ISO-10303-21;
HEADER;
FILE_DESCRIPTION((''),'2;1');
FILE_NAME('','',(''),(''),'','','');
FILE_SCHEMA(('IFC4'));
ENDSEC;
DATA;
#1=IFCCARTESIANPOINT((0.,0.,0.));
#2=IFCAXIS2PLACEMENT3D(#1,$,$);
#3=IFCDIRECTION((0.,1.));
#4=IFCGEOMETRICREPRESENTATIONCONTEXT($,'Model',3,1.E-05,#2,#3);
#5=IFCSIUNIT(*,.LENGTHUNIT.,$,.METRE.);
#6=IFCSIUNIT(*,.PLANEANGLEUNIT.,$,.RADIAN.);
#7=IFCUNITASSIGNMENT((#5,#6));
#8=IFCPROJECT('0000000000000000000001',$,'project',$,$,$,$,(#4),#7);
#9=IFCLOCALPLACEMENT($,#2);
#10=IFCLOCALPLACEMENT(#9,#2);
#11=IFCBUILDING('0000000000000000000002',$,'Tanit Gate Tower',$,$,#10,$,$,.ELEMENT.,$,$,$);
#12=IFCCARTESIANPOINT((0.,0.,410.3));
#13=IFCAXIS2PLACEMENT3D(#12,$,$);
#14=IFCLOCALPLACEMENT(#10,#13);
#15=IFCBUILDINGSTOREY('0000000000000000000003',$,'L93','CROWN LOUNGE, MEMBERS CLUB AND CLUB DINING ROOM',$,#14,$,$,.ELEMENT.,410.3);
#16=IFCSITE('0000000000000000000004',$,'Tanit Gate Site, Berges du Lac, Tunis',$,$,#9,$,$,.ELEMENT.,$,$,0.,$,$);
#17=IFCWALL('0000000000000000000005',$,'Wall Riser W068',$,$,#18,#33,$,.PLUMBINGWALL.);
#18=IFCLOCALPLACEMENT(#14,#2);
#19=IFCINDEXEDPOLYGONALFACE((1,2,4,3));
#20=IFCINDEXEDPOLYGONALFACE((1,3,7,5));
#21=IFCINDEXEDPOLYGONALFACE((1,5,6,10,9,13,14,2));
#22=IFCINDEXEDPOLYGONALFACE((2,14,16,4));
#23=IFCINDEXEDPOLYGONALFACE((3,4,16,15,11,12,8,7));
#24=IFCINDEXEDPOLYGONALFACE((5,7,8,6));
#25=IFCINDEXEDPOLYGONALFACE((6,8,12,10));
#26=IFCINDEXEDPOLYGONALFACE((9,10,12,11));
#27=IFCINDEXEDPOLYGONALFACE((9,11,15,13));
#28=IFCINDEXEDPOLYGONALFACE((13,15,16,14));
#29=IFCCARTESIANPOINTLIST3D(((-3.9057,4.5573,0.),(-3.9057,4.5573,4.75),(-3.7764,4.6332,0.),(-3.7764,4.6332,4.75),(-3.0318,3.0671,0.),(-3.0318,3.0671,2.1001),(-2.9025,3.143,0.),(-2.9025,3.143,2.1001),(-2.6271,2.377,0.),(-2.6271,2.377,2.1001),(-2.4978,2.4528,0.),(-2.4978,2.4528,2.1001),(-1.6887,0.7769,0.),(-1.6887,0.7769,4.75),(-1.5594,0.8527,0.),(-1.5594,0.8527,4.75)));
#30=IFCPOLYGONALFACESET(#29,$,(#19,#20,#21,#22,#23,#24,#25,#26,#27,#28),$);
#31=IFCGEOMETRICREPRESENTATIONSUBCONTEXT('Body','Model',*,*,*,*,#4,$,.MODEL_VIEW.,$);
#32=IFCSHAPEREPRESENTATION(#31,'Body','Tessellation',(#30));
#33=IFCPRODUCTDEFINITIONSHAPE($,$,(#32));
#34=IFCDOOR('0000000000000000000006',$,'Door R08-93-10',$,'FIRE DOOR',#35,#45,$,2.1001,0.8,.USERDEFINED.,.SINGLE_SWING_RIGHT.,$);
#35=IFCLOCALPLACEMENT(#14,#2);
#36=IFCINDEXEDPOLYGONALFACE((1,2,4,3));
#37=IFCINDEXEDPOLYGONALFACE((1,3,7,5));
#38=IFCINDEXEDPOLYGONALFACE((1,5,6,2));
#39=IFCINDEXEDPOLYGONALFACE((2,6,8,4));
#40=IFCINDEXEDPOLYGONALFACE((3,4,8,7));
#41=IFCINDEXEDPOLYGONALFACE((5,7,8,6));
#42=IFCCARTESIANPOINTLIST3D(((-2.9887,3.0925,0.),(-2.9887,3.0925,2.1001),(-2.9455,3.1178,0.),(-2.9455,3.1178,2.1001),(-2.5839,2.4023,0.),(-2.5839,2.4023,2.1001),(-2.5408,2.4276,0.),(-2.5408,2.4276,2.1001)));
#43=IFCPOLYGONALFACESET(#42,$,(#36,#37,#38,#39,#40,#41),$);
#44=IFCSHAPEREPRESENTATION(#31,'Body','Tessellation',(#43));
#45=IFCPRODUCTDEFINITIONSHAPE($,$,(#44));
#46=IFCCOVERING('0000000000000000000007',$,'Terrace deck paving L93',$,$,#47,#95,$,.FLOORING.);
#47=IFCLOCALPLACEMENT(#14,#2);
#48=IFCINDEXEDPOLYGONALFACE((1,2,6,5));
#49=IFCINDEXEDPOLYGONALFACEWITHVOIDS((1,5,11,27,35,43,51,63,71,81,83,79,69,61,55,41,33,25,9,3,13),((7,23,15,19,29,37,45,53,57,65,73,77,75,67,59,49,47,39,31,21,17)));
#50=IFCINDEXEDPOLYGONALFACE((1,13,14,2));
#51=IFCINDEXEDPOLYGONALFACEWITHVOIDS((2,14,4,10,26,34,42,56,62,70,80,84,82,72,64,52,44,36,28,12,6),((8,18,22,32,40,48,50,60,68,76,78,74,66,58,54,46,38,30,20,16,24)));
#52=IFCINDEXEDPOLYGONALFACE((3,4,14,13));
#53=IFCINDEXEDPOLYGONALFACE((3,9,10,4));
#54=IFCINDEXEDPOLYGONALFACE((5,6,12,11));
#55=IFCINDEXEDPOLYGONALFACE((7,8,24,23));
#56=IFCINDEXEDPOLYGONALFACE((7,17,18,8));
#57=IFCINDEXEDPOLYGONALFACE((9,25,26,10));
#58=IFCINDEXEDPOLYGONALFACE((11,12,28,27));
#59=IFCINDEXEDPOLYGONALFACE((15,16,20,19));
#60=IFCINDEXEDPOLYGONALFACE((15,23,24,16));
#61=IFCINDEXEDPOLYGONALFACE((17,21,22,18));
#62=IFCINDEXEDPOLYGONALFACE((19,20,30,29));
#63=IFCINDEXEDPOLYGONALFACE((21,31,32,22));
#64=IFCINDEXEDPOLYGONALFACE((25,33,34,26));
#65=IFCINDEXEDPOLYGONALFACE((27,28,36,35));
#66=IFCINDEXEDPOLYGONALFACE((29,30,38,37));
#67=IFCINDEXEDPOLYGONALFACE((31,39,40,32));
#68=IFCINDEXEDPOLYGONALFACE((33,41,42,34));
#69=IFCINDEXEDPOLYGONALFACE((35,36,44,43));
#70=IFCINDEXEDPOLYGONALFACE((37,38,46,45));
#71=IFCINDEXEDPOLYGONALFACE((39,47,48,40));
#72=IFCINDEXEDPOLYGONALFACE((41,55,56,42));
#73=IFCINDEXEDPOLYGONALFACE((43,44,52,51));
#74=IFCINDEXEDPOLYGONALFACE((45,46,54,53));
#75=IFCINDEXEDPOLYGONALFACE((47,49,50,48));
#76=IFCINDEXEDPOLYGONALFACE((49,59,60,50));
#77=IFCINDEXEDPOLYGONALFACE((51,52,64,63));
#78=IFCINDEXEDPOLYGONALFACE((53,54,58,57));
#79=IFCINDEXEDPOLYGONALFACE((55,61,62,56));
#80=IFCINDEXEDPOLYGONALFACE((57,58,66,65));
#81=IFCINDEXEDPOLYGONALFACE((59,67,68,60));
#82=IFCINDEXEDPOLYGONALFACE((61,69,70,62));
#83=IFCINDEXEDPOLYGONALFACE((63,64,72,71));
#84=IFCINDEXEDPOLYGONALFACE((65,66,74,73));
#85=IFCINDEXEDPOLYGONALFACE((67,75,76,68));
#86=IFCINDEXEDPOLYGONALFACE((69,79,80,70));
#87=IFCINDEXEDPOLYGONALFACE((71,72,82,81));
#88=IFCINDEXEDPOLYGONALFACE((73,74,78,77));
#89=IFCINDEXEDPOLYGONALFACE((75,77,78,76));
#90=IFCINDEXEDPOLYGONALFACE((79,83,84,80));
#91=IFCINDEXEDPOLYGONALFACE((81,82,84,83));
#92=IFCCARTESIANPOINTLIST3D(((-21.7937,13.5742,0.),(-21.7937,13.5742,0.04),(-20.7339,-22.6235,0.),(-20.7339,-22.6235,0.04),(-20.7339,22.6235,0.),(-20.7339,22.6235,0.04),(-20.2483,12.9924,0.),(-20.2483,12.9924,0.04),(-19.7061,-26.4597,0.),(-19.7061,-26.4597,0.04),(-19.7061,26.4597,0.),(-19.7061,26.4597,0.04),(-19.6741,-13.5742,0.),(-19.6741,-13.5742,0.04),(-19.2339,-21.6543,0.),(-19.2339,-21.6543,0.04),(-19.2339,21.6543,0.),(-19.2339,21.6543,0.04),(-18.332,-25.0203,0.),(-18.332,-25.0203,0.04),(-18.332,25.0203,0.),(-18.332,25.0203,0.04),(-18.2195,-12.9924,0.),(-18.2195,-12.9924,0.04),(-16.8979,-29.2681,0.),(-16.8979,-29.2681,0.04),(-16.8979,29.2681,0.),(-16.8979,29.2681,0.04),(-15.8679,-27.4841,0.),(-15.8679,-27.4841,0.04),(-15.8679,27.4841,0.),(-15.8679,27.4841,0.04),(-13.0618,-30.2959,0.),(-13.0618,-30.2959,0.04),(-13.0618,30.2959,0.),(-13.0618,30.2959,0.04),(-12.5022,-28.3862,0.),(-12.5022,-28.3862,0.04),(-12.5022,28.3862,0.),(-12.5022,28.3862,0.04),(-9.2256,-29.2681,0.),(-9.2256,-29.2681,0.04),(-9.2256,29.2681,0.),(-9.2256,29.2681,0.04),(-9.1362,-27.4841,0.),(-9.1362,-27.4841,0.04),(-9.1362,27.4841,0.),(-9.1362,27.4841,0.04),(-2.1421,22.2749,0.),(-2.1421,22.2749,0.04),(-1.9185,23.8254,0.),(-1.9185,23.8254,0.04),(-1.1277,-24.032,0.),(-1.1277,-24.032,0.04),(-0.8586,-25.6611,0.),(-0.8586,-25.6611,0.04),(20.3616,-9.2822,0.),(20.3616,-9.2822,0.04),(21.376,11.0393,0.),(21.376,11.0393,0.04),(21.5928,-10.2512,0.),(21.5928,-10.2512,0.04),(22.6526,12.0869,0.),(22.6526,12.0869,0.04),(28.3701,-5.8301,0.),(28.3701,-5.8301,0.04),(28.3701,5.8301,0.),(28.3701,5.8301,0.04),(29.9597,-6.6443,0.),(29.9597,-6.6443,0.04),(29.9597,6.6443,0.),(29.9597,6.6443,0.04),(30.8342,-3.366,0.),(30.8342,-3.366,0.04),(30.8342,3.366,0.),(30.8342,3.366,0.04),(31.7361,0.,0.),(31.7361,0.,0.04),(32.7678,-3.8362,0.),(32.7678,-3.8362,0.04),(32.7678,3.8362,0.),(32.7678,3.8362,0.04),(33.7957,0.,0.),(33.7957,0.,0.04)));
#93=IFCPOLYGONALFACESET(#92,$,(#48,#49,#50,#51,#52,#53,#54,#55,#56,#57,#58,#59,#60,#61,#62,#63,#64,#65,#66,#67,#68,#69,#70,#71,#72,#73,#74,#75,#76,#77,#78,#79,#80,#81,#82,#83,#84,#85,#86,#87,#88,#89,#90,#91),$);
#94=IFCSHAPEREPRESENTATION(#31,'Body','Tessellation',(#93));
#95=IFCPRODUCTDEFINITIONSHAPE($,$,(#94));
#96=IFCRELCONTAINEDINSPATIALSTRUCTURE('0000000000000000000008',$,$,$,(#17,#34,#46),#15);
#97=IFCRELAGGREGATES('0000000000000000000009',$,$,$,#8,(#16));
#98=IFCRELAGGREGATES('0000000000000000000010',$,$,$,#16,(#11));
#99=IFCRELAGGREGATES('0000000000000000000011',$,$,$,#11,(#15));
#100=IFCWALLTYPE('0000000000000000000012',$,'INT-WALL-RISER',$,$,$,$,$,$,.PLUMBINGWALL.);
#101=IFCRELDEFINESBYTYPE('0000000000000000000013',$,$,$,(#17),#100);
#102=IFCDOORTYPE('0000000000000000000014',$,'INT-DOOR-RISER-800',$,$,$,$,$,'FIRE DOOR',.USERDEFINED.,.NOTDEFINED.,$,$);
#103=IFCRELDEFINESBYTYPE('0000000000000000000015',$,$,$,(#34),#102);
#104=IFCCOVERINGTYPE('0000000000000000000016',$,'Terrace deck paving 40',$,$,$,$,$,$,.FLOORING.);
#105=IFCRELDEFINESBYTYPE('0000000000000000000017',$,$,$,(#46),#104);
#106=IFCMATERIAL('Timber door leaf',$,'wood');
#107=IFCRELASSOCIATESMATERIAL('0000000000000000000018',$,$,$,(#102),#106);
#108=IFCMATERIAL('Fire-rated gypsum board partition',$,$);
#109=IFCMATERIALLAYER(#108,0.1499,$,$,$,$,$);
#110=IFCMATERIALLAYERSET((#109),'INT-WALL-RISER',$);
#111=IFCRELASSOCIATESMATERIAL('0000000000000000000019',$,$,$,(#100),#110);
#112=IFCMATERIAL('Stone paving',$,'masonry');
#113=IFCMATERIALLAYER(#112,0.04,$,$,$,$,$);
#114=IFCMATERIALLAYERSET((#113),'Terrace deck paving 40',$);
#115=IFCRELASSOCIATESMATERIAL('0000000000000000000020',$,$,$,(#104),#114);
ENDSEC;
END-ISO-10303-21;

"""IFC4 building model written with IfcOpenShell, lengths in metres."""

from ifc_helpers import new_model, si_unit, direction, frame, frame_2d, origin, place, context, subcontext, project, spatial, polyline, rectangle, outline, extrude, material, layer, layer_set, type_object, element, fill, save


model = new_model("IFC4")

# Units and contexts
model_context = context("Model", 3, precision=1e-05, world=origin(), true_north=direction((0.0, 1.0)))
body_context = subcontext(model_context, "Body", "Model", "MODEL_VIEW")
ifc_project = project(units=[si_unit("LENGTHUNIT", "METRE"), si_unit("PLANEANGLEUNIT", "RADIAN")], contexts=[model_context])

# Site, building, storey
site_placement = place(None, origin())
site = spatial("IfcSite", under=ifc_project, at=site_placement, Name="Tanit Gate Site, Berges du Lac, Tunis", CompositionType="ELEMENT", RefElevation=0.0)
building_placement = place(site_placement, origin())
building = spatial("IfcBuilding", under=site, at=building_placement, Name="Tanit Gate Tower", CompositionType="ELEMENT")
storey_placement = place(building_placement, frame((0.0, 0.0, 410.3)))
storey = spatial("IfcBuildingStorey", under=building, at=storey_placement, Name="L93", Description="CROWN LOUNGE, MEMBERS CLUB AND CLUB DINING ROOM", CompositionType="ELEMENT", Elevation=410.3)

# Shared definitions
ifc_material_1 = material(Name="Timber door leaf", Category="wood")
door_type_1 = type_object("IfcDoorType", Name="INT-DOOR-RISER-800", ElementType="FIRE DOOR", OperationType="NOTDEFINED", PredefinedType="USERDEFINED", material=ifc_material_1)

# Wall, opening, door
ifc_material_2 = material(Name="Fire-rated gypsum board partition")
ifc_layer_1 = layer(ifc_material_2, 0.1499)
ifc_layer_set_1 = layer_set([ifc_layer_1], Name="INT-WALL-RISER")
wall_type_1 = type_object("IfcWallType", Name="INT-WALL-RISER", PredefinedType="PLUMBINGWALL", material=ifc_layer_set_1)
wall_1_placement = place(storey_placement, frame((-1.624, 0.8147, 0.0), z_axis=(0.0, 0.0, 1.0), x_axis=(-0.505868, 0.862611, 0.0)))
wall_1 = element("IfcWall", 1, at=wall_1_placement, inside=storey, type_object=wall_type_1, Name="Wall Riser W068", PredefinedType="PLUMBINGWALL", context=body_context, shape_type="SweptSolid", body=[
    extrude(rectangle(XDim=4.3826, YDim=0.1499, at=frame_2d((2.1914, 0.0))), origin(), (0.0, 0.0, 1.0), 4.75),
])
opening_1_placement = place(wall_1_placement, frame((1.8552, 0.0, 0.0)))
opening_1 = element("IfcOpeningElement", 2, at=opening_1_placement, cuts=wall_1, PredefinedType="OPENING", context=body_context, shape_type="SweptSolid", body=[
    extrude(rectangle(XDim=0.8, YDim=2.1001, at=frame_2d((0.3999, 1.05))), frame((0.0, 0.085, 0.0), z_axis=(0.0, -1.0, 0.0), x_axis=(1.0, 0.0, 0.0)), (0.0, 0.0, 1.0), 0.1699),
])
door_1_placement = place(opening_1_placement, origin())
door_1 = element("IfcDoor", 3, at=door_1_placement, inside=storey, type_object=door_type_1, Name="Door R08-93-10", ObjectType="FIRE DOOR", OperationType="SINGLE_SWING_RIGHT", OverallHeight=2.1001, OverallWidth=0.8, PredefinedType="USERDEFINED", context=body_context, shape_type="SweptSolid", body=[
    extrude(rectangle(XDim=0.8, YDim=2.1001, at=frame_2d((0.3999, 1.05))), frame((0.0, 0.0249, 0.0), z_axis=(0.0, -1.0, 0.0), x_axis=(1.0, 0.0, 0.0)), (0.0, 0.0, 1.0), 0.05),
])
fill(opening_1, door_1)

# Covering
ifc_material_3 = material(Name="Stone paving", Category="masonry")
ifc_layer_2 = layer(ifc_material_3, 0.04)
ifc_layer_set_2 = layer_set([ifc_layer_2], Name="Terrace deck paving 40")
covering_type = type_object("IfcCoveringType", Name="Terrace deck paving 40", PredefinedType="FLOORING", material=ifc_layer_set_2)
covering_placement = place(storey_placement, origin())
element("IfcCovering", 4, at=covering_placement, inside=storey, type_object=covering_type, Name="Terrace deck paving L93", PredefinedType="FLOORING", context=body_context, shape_type="SweptSolid", body=[
    extrude(outline(polyline([(32.7678, 3.8362), (33.7957, 0.0), (32.7678, -3.8362), (29.9597, -6.6443), (21.5928, -10.2512), (-0.8586, -25.6611), (-9.2256, -29.2681), (-13.0618, -30.2959), (-16.8979, -29.2681), (-19.7061, -26.4597), (-20.7339, -22.6235), (-19.6741, -13.5742), (-21.7937, 13.5742), (-20.7339, 22.6235), (-19.7061, 26.4597), (-16.8979, 29.2681), (-13.0618, 30.2959), (-9.2256, 29.2681), (-1.9185, 23.8254), (22.6526, 12.0869), (29.9597, 6.6443), (32.7678, 3.8362)]), holes=[polyline([(21.376, 11.0393), (-2.1421, 22.2749), (-9.1362, 27.4841), (-12.5022, 28.3862), (-15.8679, 27.4841), (-18.332, 25.0203), (-19.2339, 21.6543), (-20.2483, 12.9924), (-18.2195, -12.9924), (-19.2339, -21.6543), (-18.332, -25.0203), (-15.8679, -27.4841), (-12.5022, -28.3862), (-9.1362, -27.4841), (-1.1277, -24.032), (20.3616, -9.2822), (28.3701, -5.8301), (30.8342, -3.366), (31.7361, 0.0), (30.8342, 3.366), (28.3701, 5.8301), (21.376, 11.0393)])]), origin(), (0.0, 0.0, 1.0), 0.04),
])

save(model, "model.ifc")
